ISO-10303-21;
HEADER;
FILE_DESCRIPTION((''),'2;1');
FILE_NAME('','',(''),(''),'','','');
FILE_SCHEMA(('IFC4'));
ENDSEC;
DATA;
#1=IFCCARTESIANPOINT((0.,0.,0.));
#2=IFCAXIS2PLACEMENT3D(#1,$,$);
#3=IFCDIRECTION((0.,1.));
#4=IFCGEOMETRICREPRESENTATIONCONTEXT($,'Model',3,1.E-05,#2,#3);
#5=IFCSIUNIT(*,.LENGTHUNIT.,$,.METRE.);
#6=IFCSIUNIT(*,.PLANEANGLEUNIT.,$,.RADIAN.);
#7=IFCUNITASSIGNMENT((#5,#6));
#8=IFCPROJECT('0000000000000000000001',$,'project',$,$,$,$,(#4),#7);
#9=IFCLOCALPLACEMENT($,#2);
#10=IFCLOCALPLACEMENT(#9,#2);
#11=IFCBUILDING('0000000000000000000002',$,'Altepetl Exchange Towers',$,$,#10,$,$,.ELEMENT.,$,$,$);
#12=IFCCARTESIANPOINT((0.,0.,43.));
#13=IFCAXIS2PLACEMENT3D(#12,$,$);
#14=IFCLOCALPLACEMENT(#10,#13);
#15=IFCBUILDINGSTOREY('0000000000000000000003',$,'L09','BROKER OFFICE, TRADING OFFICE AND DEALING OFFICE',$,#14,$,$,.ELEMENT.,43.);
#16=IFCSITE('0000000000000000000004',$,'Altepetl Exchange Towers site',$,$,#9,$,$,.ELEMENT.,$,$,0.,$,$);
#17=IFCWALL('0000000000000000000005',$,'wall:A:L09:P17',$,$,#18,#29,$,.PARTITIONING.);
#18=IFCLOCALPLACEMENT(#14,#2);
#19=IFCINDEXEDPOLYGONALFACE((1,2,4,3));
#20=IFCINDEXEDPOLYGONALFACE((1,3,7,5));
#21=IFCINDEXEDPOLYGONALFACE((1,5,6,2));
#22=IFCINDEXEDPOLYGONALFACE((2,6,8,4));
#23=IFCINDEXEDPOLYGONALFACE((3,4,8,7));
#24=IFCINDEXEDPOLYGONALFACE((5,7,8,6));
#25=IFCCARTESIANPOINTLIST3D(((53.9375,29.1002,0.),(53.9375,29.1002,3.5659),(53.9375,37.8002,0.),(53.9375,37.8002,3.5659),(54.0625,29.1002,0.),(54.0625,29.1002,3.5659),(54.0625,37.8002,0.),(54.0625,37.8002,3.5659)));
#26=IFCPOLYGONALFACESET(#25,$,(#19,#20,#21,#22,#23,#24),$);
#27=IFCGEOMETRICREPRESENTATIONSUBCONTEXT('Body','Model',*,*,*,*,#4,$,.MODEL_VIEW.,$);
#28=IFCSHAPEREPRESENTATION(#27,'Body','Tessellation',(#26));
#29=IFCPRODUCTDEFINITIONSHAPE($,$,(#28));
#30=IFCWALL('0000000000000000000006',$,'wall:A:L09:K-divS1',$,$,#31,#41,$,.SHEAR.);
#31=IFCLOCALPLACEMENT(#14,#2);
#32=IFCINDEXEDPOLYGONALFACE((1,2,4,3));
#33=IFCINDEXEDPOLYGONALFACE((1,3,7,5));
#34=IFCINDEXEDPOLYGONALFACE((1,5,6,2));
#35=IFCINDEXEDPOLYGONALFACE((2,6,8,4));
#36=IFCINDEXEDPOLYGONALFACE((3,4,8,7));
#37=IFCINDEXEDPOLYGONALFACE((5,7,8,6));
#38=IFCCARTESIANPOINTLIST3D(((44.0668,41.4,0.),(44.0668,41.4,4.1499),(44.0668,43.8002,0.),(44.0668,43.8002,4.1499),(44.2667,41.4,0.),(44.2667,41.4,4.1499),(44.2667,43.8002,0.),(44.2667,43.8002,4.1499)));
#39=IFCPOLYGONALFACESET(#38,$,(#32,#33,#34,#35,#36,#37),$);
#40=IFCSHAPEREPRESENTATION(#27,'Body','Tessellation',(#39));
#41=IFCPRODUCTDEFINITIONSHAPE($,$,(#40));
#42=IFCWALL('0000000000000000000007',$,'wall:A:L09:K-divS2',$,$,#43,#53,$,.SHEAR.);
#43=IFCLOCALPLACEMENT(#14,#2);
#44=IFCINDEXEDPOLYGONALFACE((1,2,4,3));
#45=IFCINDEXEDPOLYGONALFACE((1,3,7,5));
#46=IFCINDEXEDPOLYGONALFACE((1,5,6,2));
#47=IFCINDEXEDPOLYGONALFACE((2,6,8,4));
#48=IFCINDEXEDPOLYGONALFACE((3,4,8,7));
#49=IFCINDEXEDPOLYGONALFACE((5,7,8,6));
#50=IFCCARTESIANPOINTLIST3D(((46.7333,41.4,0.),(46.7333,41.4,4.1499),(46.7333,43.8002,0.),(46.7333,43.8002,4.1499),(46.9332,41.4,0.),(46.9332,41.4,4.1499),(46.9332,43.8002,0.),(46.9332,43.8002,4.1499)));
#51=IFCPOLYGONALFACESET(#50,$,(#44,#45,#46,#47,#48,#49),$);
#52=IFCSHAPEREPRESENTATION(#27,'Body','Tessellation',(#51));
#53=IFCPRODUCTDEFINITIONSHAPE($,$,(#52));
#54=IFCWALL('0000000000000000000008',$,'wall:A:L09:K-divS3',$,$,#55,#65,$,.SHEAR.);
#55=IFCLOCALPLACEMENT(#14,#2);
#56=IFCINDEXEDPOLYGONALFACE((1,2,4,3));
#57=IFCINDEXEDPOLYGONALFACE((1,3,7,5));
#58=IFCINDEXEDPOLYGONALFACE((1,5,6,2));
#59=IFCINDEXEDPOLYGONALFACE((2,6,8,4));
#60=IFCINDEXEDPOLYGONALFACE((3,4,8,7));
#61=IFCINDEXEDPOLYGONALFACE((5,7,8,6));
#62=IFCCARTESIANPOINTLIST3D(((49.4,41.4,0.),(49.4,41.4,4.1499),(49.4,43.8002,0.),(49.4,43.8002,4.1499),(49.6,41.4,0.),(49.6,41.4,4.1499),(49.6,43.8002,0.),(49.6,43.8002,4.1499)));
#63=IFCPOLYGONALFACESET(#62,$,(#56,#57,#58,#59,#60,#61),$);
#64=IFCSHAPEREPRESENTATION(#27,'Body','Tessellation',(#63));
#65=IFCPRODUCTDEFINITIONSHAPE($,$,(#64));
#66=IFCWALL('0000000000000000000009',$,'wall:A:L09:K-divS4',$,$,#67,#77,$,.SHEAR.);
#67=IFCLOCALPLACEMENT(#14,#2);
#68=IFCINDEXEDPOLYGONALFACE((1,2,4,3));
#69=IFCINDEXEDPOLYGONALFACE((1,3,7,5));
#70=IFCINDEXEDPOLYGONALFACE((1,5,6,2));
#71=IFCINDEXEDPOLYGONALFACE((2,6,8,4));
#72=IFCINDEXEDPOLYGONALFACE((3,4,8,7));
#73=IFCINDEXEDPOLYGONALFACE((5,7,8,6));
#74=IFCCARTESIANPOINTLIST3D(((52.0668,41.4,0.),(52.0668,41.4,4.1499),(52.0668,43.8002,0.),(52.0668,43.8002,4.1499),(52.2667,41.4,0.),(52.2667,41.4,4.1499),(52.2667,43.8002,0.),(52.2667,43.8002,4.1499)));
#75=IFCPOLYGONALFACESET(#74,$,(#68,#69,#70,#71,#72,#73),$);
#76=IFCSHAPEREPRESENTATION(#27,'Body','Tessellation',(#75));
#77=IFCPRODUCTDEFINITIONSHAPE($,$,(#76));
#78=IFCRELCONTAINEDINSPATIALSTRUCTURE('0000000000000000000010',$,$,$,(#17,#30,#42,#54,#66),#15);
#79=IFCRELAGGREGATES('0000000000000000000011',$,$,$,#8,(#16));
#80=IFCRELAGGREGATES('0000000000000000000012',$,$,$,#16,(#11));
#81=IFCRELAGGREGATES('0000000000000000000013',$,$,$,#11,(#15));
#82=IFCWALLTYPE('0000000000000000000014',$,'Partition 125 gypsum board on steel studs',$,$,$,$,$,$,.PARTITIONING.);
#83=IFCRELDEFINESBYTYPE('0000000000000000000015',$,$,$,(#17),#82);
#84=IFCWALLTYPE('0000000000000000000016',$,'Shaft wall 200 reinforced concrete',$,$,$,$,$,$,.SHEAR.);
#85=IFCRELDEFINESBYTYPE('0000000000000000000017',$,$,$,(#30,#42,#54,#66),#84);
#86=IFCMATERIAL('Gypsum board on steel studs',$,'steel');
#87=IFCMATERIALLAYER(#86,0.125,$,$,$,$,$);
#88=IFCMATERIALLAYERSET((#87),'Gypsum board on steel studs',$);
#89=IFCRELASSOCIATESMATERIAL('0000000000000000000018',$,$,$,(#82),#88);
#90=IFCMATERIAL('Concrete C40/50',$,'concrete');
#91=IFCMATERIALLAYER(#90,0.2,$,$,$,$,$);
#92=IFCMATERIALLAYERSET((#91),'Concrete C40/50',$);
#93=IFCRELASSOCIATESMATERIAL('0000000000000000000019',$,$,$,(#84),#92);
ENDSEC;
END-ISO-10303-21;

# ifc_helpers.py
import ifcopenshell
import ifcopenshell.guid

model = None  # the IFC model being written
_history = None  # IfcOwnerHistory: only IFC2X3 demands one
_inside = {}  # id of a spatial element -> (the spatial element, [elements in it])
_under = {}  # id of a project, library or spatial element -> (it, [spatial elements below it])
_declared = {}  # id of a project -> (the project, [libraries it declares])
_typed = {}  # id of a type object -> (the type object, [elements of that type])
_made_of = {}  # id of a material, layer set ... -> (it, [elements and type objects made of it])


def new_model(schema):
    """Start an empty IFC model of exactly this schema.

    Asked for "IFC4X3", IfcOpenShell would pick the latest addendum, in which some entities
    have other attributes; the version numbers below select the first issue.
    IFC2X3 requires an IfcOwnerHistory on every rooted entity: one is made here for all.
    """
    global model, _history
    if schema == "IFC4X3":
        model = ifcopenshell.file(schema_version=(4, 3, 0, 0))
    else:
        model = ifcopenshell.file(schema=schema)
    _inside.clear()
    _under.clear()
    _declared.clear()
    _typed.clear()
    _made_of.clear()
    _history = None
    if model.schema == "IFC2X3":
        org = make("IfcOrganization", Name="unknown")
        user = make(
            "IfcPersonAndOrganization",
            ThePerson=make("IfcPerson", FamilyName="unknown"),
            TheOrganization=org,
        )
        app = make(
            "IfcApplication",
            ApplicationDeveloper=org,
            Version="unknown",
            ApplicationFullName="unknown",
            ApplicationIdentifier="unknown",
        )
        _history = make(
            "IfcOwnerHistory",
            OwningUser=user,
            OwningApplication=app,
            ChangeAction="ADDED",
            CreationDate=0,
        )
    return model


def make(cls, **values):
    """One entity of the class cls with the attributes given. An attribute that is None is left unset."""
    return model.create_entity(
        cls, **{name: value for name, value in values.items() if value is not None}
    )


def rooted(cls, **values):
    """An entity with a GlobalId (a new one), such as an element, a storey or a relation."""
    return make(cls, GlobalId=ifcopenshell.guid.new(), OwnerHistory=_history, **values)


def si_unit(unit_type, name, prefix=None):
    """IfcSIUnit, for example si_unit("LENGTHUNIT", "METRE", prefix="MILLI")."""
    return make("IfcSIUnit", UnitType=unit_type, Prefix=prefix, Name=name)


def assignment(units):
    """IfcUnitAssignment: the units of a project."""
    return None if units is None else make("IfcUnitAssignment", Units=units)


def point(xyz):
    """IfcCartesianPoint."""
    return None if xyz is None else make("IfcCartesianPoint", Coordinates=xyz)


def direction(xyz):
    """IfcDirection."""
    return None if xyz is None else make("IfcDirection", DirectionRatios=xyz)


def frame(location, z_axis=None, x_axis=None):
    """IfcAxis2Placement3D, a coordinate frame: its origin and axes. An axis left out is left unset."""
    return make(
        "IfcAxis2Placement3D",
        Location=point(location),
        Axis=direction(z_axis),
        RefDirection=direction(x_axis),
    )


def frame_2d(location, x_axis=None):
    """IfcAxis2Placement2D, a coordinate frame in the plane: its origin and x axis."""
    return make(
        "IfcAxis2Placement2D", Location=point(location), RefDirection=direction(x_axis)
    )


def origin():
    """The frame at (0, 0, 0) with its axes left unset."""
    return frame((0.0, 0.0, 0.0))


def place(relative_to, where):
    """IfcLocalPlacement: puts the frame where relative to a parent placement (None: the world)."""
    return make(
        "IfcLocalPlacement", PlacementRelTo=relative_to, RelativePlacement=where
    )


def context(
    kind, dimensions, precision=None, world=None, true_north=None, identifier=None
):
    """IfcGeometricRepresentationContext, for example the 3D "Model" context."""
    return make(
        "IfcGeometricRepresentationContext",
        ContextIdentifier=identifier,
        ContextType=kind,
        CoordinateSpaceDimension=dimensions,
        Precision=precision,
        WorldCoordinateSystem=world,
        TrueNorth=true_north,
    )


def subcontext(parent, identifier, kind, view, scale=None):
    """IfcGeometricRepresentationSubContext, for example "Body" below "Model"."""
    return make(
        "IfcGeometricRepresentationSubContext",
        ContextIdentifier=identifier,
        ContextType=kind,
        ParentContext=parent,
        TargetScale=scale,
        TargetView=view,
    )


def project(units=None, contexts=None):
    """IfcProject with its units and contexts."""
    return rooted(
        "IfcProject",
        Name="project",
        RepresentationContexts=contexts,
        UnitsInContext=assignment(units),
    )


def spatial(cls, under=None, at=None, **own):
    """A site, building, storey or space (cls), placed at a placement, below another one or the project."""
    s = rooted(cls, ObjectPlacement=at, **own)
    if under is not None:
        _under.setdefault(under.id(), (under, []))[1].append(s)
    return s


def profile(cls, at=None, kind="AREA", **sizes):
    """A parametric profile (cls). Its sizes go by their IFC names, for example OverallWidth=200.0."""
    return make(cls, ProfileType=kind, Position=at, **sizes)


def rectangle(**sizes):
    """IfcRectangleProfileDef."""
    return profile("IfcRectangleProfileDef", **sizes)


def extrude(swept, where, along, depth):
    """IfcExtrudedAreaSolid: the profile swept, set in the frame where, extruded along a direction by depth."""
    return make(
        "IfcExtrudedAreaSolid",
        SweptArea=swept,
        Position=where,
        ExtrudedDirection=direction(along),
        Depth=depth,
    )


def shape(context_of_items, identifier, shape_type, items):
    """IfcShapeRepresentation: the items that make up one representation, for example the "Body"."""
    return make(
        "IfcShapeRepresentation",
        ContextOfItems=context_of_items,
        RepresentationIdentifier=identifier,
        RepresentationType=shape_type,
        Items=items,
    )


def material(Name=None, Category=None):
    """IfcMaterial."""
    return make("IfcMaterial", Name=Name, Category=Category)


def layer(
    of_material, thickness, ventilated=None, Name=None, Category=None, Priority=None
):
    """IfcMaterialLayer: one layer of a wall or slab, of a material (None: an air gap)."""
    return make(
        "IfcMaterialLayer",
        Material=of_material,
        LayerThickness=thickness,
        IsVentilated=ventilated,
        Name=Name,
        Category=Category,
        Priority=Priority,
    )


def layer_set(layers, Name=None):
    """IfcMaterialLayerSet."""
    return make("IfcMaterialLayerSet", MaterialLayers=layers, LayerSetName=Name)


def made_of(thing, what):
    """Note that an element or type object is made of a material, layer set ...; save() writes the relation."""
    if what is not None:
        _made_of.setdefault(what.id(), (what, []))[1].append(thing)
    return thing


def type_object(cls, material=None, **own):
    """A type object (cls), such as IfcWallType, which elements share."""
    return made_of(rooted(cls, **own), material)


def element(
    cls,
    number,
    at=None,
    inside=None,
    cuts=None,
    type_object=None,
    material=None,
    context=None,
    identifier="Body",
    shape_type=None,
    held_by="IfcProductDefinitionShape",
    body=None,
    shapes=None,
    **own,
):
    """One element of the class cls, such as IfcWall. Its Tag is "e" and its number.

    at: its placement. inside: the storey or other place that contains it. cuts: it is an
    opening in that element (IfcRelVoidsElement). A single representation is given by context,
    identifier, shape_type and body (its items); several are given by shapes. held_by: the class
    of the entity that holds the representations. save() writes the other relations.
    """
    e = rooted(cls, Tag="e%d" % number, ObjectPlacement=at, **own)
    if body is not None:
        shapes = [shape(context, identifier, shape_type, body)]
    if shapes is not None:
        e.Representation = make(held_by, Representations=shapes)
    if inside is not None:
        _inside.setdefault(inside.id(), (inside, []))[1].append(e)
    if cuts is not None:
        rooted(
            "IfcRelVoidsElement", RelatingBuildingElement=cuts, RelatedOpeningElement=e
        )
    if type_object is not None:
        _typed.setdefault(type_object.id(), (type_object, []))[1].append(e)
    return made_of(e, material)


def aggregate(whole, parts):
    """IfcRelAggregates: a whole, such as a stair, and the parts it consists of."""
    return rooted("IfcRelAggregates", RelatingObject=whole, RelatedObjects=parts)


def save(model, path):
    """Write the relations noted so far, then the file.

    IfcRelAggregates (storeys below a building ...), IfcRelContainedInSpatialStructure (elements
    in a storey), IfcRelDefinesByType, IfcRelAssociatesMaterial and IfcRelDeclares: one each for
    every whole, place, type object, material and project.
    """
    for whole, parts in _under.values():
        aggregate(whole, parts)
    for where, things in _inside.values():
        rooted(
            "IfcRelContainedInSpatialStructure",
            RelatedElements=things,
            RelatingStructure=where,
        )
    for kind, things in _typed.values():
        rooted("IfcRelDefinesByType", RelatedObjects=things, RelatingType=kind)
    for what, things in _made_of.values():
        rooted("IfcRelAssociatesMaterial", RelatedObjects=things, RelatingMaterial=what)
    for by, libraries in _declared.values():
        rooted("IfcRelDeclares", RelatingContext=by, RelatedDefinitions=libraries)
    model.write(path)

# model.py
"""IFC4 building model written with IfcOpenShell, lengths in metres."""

from ifc_helpers import new_model, si_unit, direction, frame, frame_2d, origin, place, context, subcontext, project, spatial, rectangle, extrude, material, layer, layer_set, type_object, element, save


model = new_model("IFC4")

# Units and contexts
model_context = context("Model", 3, precision=1e-05, world=origin(), true_north=direction((0.0, 1.0)))
body_context = subcontext(model_context, "Body", "Model", "MODEL_VIEW")
ifc_project = project(units=[si_unit("LENGTHUNIT", "METRE"), si_unit("PLANEANGLEUNIT", "RADIAN")], contexts=[model_context])

# Site, building, storey
site_placement = place(None, origin())
site = spatial("IfcSite", under=ifc_project, at=site_placement, Name="Altepetl Exchange Towers site", CompositionType="ELEMENT", RefElevation=0.0)
building_placement = place(site_placement, origin())
building = spatial("IfcBuilding", under=site, at=building_placement, Name="Altepetl Exchange Towers", CompositionType="ELEMENT")
storey_placement = place(building_placement, frame((0.0, 0.0, 43.0)))
storey = spatial("IfcBuildingStorey", under=building, at=storey_placement, Name="L09", Description="BROKER OFFICE, TRADING OFFICE AND DEALING OFFICE", CompositionType="ELEMENT", Elevation=43.0)

# Walls
ifc_material_1 = material(Name="Gypsum board on steel studs", Category="steel")
ifc_layer_1 = layer(ifc_material_1, 0.125)
ifc_layer_set_1 = layer_set([ifc_layer_1], Name="Gypsum board on steel studs")
wall_type_1 = type_object("IfcWallType", Name="Partition 125 gypsum board on steel studs", PredefinedType="PARTITIONING", material=ifc_layer_set_1)
for number, where, z_axis, x_axis, name in (
    (1, (54.0, 29.1001, 0.0), (0.0, 0.0, 1.0), (0.0, 1.0, 0.0), "wall:A:L09:P17"),
):
    element("IfcWall", number, at=place(storey_placement, frame(where, z_axis=z_axis, x_axis=x_axis)), inside=storey, type_object=wall_type_1, Name=name, PredefinedType="PARTITIONING", context=body_context, shape_type="SweptSolid", body=[
        extrude(rectangle(XDim=8.7, YDim=0.125, at=frame_2d((4.3501, 0.0))), origin(), (0.0, 0.0, 1.0), 3.5659),
    ])
ifc_material_2 = material(Name="Concrete C40/50", Category="concrete")
ifc_layer_2 = layer(ifc_material_2, 0.2)
ifc_layer_set_2 = layer_set([ifc_layer_2], Name="Concrete C40/50")
wall_type_2 = type_object("IfcWallType", Name="Shaft wall 200 reinforced concrete", PredefinedType="SHEAR", material=ifc_layer_set_2)
for number, where, z_axis, x_axis, name in (
    (2, (44.1667, 41.3999, 0.0), (0.0, 0.0, 1.0), (0.0, 1.0, 0.0), "wall:A:L09:K-divS1"),
    (3, (46.8333, 41.3999, 0.0), (0.0, 0.0, 1.0), (0.0, 1.0, 0.0), "wall:A:L09:K-divS2"),
    (4, (49.5, 41.3999, 0.0), (0.0, 0.0, 1.0), (0.0, 1.0, 0.0), "wall:A:L09:K-divS3"),
    (5, (52.1667, 41.3999, 0.0), (0.0, 0.0, 1.0), (0.0, 1.0, 0.0), "wall:A:L09:K-divS4"),
):
    element("IfcWall", number, at=place(storey_placement, frame(where, z_axis=z_axis, x_axis=x_axis)), inside=storey, type_object=wall_type_2, Name=name, PredefinedType="SHEAR", context=body_context, shape_type="SweptSolid", body=[
        extrude(rectangle(XDim=2.4001, YDim=0.2, at=frame_2d((1.2002, 0.0))), origin(), (0.0, 0.0, 1.0), 4.1499),
    ])

save(model, "model.ifc")
